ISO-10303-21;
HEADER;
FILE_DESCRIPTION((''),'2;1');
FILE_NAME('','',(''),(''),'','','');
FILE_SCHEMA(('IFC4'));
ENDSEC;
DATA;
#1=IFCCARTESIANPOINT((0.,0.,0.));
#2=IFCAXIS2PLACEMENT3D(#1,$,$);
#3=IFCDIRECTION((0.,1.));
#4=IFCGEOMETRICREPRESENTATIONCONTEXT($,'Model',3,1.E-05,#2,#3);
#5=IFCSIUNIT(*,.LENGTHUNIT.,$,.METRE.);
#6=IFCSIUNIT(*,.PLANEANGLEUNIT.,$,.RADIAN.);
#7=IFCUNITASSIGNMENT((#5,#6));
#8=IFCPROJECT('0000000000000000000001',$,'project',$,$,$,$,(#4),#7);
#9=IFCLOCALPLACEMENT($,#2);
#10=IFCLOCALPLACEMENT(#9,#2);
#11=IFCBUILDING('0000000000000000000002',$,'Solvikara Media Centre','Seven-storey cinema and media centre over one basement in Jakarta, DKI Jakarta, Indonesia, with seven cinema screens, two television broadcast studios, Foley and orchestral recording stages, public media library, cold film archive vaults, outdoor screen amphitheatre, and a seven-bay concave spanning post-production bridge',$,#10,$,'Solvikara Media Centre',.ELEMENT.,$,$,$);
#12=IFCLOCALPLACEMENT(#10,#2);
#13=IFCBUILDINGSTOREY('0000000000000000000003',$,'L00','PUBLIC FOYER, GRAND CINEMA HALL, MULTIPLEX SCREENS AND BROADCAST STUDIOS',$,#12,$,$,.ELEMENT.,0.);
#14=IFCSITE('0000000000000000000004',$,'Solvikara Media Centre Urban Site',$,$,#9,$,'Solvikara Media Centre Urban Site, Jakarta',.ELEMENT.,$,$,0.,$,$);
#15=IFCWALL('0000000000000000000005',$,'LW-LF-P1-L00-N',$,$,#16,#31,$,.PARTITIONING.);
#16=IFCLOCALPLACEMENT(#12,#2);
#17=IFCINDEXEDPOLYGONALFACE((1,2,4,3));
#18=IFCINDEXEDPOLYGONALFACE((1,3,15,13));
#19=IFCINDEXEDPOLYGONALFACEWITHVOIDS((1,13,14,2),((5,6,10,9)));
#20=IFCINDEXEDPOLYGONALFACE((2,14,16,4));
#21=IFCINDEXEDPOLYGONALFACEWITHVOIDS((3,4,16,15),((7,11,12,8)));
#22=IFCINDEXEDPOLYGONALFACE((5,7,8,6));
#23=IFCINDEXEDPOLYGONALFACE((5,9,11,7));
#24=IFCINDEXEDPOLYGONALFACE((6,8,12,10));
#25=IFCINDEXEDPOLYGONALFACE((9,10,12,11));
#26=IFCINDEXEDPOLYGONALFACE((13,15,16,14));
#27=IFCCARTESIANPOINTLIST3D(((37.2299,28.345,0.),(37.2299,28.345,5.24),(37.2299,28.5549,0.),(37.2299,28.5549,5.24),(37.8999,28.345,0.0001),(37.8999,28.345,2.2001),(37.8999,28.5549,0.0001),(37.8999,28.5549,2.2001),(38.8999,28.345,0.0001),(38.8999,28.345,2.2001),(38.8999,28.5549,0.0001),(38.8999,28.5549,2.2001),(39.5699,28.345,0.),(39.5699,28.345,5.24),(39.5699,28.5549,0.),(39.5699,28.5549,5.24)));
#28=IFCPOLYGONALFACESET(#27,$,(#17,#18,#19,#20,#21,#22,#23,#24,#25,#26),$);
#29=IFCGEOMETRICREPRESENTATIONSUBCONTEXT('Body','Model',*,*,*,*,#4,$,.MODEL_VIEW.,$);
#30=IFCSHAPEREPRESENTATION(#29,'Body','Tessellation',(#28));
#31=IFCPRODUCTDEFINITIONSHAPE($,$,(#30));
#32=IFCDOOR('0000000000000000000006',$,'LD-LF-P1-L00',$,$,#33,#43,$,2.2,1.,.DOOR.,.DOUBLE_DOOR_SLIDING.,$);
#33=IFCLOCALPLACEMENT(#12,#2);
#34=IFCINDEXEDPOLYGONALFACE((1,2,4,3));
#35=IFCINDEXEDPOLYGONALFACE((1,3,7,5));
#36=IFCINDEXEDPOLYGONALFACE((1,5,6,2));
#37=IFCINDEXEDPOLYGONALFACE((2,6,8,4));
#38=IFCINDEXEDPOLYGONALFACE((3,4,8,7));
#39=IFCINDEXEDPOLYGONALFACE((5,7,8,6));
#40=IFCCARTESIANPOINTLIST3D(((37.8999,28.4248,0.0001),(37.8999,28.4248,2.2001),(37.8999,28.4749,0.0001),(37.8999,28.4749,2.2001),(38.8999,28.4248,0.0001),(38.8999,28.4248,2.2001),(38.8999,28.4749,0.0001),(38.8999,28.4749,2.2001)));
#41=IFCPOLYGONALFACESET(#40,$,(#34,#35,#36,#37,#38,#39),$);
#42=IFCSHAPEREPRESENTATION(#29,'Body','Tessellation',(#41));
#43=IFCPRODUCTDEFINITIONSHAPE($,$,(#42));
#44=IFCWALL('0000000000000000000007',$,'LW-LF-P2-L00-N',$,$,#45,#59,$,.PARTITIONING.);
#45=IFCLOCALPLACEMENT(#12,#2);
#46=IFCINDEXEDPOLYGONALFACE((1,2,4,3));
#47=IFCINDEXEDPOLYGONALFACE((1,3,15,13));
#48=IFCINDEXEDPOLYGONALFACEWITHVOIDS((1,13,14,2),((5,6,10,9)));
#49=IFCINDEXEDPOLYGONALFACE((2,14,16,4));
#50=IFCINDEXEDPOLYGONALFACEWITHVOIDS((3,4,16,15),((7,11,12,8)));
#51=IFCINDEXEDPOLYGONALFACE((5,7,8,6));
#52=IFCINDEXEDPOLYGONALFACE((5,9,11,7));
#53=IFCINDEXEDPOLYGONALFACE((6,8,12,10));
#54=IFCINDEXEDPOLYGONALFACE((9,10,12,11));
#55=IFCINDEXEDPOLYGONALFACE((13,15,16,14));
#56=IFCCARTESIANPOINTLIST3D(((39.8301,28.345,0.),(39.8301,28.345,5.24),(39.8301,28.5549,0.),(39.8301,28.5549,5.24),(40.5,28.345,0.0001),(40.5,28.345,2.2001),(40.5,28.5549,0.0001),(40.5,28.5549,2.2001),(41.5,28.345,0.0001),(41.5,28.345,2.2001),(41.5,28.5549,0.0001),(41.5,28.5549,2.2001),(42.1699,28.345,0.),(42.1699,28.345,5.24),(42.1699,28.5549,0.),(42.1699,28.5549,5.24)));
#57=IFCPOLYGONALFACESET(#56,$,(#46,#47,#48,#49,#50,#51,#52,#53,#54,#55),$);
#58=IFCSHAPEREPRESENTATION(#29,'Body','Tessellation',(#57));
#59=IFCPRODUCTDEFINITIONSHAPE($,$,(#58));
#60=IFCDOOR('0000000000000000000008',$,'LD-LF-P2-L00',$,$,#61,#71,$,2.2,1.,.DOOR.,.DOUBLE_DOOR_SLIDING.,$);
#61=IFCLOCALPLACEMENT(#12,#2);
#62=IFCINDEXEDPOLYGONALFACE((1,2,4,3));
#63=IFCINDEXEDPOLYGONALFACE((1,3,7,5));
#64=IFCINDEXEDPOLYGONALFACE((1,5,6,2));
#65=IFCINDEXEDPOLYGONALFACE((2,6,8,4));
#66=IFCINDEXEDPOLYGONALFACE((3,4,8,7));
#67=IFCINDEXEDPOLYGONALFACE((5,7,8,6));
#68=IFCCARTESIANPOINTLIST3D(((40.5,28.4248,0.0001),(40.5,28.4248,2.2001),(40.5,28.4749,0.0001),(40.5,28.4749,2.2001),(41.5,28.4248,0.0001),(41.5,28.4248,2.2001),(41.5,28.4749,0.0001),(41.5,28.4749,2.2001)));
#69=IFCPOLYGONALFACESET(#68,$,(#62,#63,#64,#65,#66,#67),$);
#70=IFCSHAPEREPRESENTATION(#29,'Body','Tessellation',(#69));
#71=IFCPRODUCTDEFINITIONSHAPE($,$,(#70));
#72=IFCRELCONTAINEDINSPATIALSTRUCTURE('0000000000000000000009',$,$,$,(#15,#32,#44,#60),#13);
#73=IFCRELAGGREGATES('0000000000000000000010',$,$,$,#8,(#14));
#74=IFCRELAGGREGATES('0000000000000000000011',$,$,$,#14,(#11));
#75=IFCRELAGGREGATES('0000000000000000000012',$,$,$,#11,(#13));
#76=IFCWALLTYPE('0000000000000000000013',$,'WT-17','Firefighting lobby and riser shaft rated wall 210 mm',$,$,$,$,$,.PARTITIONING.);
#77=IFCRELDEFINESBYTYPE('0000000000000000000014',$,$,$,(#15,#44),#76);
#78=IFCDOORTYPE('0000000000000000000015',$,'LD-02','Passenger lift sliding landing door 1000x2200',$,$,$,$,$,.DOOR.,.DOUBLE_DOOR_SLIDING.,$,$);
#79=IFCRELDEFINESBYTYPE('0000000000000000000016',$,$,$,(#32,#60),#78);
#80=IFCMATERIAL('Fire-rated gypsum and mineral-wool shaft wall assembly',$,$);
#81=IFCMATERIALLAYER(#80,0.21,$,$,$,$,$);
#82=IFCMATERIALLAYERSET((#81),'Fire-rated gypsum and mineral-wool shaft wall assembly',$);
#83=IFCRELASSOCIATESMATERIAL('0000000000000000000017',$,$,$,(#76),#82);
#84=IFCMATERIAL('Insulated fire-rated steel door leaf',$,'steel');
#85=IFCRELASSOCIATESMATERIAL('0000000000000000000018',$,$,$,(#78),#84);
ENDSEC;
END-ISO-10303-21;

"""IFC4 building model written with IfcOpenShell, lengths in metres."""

from ifc_helpers import new_model, si_unit, direction, frame, frame_2d, origin, place, context, subcontext, project, spatial, rectangle, extrude, material, layer, layer_set, type_object, element, fill, save


model = new_model("IFC4")

# Units and contexts
model_context = context("Model", 3, precision=1e-05, world=origin(), true_north=direction((0.0, 1.0)))
body_context = subcontext(model_context, "Body", "Model", "MODEL_VIEW")
ifc_project = project(units=[si_unit("LENGTHUNIT", "METRE"), si_unit("PLANEANGLEUNIT", "RADIAN")], contexts=[model_context])

# Site, building, storey
site_placement = place(None, origin())
site = spatial("IfcSite", under=ifc_project, at=site_placement, Name="Solvikara Media Centre Urban Site", LongName="Solvikara Media Centre Urban Site, Jakarta", CompositionType="ELEMENT", RefElevation=0.0)
building_placement = place(site_placement, origin())
building = spatial("IfcBuilding", under=site, at=building_placement, Name="Solvikara Media Centre", Description="Seven-storey cinema and media centre over one basement in Jakarta, DKI Jakarta, Indonesia, with seven cinema screens, two television broadcast studios, Foley and orchestral recording stages, public media library, cold film archive vaults, outdoor screen amphitheatre, and a seven-bay concave spanning post-production bridge", LongName="Solvikara Media Centre", CompositionType="ELEMENT")
storey_placement = place(building_placement, origin())
storey = spatial("IfcBuildingStorey", under=building, at=storey_placement, Name="L00", Description="PUBLIC FOYER, GRAND CINEMA HALL, MULTIPLEX SCREENS AND BROADCAST STUDIOS", CompositionType="ELEMENT", Elevation=0.0)

# Walls, openings, doors
ifc_material_1 = material(Name="Insulated fire-rated steel door leaf", Category="steel")
ifc_material_2 = material(Name="Fire-rated gypsum and mineral-wool shaft wall assembly")
ifc_layer_1 = layer(ifc_material_2, 0.21)
ifc_layer_set_1 = layer_set([ifc_layer_1], Name="Fire-rated gypsum and mineral-wool shaft wall assembly")
wall_type_1 = type_object("IfcWallType", Name="WT-17", Description="Firefighting lobby and riser shaft rated wall 210 mm", PredefinedType="PARTITIONING", material=ifc_layer_set_1)
wall_1_placement = place(storey_placement, frame((37.23, 28.45, 0.0), z_axis=(0.0, 0.0, 1.0), x_axis=(1.0, 0.0, 0.0)))
wall_1 = element("IfcWall", 1, at=wall_1_placement, inside=storey, type_object=wall_type_1, Name="LW-LF-P1-L00-N", PredefinedType="PARTITIONING", context=body_context, shape_type="SweptSolid", body=[
    extrude(rectangle(XDim=2.3401, YDim=0.21, at=frame_2d((1.1699, 0.0))), origin(), (0.0, 0.0, 1.0), 5.24),
])
opening_1_placement = place(wall_1_placement, frame((0.6699, 0.0, 0.0)))
opening_1 = element("IfcOpeningElement", 2, at=opening_1_placement, cuts=wall_1, PredefinedType="OPENING", context=body_context, shape_type="SweptSolid", body=[
    extrude(rectangle(XDim=1.0, YDim=2.2, at=frame_2d((0.5, 1.1001))), frame((0.0, 0.1169, 0.0), z_axis=(0.0, -1.0, 0.0), x_axis=(1.0, 0.0, 0.0)), (0.0, 0.0, 1.0), 0.2339),
])
door_type_1 = type_object("IfcDoorType", Name="LD-02", Description="Passenger lift sliding landing door 1000x2200", OperationType="DOUBLE_DOOR_SLIDING", PredefinedType="DOOR", material=ifc_material_1)
door_1_placement = place(opening_1_placement, origin())
door_1 = element("IfcDoor", 3, at=door_1_placement, inside=storey, type_object=door_type_1, Name="LD-LF-P1-L00", OperationType="DOUBLE_DOOR_SLIDING", OverallHeight=2.2, OverallWidth=1.0, PredefinedType="DOOR", context=body_context, shape_type="SweptSolid", body=[
    extrude(rectangle(XDim=1.0, YDim=2.2, at=frame_2d((0.5, 1.1001))), frame((0.0, 0.0249, 0.0), z_axis=(0.0, -1.0, 0.0), x_axis=(1.0, 0.0, 0.0)), (0.0, 0.0, 1.0), 0.05),
])
fill(opening_1, door_1)
wall_2_placement = place(storey_placement, frame((39.8301, 28.45, 0.0), z_axis=(0.0, 0.0, 1.0), x_axis=(1.0, 0.0, 0.0)))
wall_2 = element("IfcWall", 4, at=wall_2_placement, inside=storey, type_object=wall_type_1, Name="LW-LF-P2-L00-N", PredefinedType="PARTITIONING", context=body_context, shape_type="SweptSolid", body=[
    extrude(rectangle(XDim=2.3398, YDim=0.21, at=frame_2d((1.1699, 0.0))), origin(), (0.0, 0.0, 1.0), 5.24),
])
opening_2_placement = place(wall_2_placement, frame((0.6699, 0.0, 0.0)))
opening_2 = element("IfcOpeningElement", 5, at=opening_2_placement, cuts=wall_2, PredefinedType="OPENING", context=body_context, shape_type="SweptSolid", body=[
    extrude(rectangle(XDim=1.0, YDim=2.2, at=frame_2d((0.5, 1.1001))), frame((0.0, 0.1169, 0.0), z_axis=(0.0, -1.0, 0.0), x_axis=(1.0, 0.0, 0.0)), (0.0, 0.0, 1.0), 0.2339),
])
door_2_placement = place(opening_2_placement, origin())
door_2 = element("IfcDoor", 6, at=door_2_placement, inside=storey, type_object=door_type_1, Name="LD-LF-P2-L00", OperationType="DOUBLE_DOOR_SLIDING", OverallHeight=2.2, OverallWidth=1.0, PredefinedType="DOOR", context=body_context, shape_type="SweptSolid", body=[
    extrude(rectangle(XDim=1.0, YDim=2.2, at=frame_2d((0.5, 1.1001))), frame((0.0, 0.0249, 0.0), z_axis=(0.0, -1.0, 0.0), x_axis=(1.0, 0.0, 0.0)), (0.0, 0.0, 1.0), 0.05),
])
fill(opening_2, door_2)

save(model, "model.ifc")
